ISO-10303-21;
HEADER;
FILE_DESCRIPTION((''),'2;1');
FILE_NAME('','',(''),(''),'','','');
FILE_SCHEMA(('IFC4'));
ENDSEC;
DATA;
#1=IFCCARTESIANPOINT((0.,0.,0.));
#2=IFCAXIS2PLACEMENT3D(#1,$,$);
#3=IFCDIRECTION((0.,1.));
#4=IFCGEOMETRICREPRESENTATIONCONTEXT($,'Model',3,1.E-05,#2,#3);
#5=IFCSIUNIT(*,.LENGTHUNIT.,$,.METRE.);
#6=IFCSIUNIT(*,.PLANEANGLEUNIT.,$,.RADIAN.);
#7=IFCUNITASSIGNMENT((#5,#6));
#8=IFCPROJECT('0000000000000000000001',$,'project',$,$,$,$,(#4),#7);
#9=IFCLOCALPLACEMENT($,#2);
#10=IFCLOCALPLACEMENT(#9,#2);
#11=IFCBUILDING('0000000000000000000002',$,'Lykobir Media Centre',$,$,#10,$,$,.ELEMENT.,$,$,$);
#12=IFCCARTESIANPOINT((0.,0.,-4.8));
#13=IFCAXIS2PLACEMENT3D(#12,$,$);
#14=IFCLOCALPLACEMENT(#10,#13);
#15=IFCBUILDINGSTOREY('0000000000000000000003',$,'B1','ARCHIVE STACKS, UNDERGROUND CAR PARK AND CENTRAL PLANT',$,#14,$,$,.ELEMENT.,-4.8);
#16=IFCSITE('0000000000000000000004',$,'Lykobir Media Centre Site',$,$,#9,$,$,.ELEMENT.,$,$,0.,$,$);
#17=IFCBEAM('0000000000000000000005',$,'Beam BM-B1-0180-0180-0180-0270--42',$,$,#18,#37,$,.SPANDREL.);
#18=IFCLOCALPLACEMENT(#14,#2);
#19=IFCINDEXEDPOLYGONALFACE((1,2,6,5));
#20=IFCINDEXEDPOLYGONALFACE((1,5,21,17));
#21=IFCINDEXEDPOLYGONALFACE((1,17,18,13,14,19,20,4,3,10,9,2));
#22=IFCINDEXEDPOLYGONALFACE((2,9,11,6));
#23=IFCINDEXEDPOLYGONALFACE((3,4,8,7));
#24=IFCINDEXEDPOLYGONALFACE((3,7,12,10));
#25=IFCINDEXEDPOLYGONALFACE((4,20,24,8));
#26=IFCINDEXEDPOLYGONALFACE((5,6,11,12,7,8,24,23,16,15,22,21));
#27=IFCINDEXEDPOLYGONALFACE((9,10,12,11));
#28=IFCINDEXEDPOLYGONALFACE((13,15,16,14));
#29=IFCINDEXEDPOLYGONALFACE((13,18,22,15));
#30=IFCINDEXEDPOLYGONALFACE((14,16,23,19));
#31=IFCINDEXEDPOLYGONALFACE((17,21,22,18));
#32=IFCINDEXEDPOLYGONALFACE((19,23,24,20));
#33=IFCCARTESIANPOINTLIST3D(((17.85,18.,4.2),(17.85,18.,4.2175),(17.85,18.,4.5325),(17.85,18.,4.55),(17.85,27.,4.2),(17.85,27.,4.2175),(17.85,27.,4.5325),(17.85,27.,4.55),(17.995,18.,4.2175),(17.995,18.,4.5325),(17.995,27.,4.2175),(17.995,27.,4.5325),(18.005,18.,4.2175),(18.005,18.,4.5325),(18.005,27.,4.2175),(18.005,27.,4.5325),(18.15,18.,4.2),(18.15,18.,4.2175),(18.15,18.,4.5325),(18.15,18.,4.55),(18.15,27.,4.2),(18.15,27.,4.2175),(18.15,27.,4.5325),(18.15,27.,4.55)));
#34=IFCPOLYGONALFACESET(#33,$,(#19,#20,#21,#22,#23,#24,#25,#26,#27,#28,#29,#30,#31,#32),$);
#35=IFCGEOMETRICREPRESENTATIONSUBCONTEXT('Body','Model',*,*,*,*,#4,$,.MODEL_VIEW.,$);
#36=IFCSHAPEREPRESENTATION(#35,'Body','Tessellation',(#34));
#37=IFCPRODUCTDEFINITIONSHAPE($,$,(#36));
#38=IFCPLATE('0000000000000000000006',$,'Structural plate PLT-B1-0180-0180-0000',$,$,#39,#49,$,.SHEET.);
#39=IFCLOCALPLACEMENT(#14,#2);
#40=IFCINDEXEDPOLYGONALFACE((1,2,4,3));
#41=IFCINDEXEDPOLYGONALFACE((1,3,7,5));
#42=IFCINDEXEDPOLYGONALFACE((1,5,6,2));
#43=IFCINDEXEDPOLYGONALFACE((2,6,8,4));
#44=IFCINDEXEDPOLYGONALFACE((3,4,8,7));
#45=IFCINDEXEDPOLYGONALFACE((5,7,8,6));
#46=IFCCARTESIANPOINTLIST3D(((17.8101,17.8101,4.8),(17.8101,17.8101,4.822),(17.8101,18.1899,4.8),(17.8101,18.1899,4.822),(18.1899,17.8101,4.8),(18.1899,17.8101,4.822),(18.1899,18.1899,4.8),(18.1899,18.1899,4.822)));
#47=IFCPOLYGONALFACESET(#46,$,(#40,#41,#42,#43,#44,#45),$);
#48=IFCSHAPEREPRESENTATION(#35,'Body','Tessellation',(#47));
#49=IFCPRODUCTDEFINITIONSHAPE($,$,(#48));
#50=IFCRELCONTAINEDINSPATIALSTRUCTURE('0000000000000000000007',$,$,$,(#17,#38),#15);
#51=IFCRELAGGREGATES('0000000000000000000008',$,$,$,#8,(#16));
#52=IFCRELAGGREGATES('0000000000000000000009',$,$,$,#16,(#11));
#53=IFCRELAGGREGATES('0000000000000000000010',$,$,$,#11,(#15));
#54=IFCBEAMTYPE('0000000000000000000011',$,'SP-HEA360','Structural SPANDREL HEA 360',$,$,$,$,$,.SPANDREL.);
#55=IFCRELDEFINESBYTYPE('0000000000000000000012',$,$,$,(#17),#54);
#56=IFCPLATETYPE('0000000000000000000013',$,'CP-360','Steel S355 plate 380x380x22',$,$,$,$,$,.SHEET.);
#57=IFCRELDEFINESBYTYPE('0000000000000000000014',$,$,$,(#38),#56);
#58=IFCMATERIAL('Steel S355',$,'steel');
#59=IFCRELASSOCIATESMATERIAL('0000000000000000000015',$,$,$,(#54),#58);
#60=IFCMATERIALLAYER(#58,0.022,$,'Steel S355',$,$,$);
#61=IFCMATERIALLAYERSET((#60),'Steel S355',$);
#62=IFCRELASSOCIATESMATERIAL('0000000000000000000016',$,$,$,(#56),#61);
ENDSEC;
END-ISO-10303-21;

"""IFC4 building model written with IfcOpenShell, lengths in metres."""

from ifc_helpers import new_model, si_unit, direction, frame, origin, origin_2d, place, context, subcontext, project, spatial, rectangle, i_section, extrude, material, layer, layer_set, material_profile, profile_set, type_object, element, save


model = new_model("IFC4")

# Units and contexts
model_context = context("Model", 3, precision=1e-05, world=origin(), true_north=direction((0.0, 1.0)))
body_context = subcontext(model_context, "Body", "Model", "MODEL_VIEW")
ifc_project = project(units=[si_unit("LENGTHUNIT", "METRE"), si_unit("PLANEANGLEUNIT", "RADIAN")], contexts=[model_context])

# Site, building, storey
site_placement = place(None, origin())
site = spatial("IfcSite", under=ifc_project, at=site_placement, Name="Lykobir Media Centre Site", CompositionType="ELEMENT", RefElevation=0.0)
building_placement = place(site_placement, origin())
building = spatial("IfcBuilding", under=site, at=building_placement, Name="Lykobir Media Centre", CompositionType="ELEMENT")
storey_placement = place(building_placement, frame((0.0, 0.0, -4.8)))
storey = spatial("IfcBuildingStorey", under=building, at=storey_placement, Name="B1", Description="ARCHIVE STACKS, UNDERGROUND CAR PARK AND CENTRAL PLANT", CompositionType="ELEMENT", Elevation=-4.8)

# Shared definitions
ifc_material_1 = material(Name="Steel S355", Category="steel")

# Beam
ifc_material_profile_1 = material_profile(ifc_material_1, i_section(OverallWidth=0.3, OverallDepth=0.3501, WebThickness=0.01, FlangeThickness=0.0176, at=origin_2d()), Name="HEA 360")
ifc_profile_set_1 = profile_set([ifc_material_profile_1], Name="Steel S355")
beam_type_1 = type_object("IfcBeamType", Name="SP-HEA360", Description="Structural SPANDREL HEA 360", PredefinedType="SPANDREL", material=ifc_profile_set_1)
beam_1_placement = place(storey_placement, frame((18.0, 18.0, 4.375), z_axis=(0.0, 1.0, 0.0), x_axis=(-1.0, 0.0, 0.0)))
element("IfcBeam", 1, at=beam_1_placement, inside=storey, type_object=beam_type_1, Name="Beam BM-B1-0180-0180-0180-0270--42", PredefinedType="SPANDREL", context=body_context, shape_type="SweptSolid", body=[
    extrude(i_section(OverallWidth=0.3, OverallDepth=0.3501, WebThickness=0.01, FlangeThickness=0.0176, at=origin_2d()), origin(), (0.0, 0.0, 1.0), 9.0),
])

# Plate
ifc_layer = layer(ifc_material_1, 0.022, Name="Steel S355")
ifc_layer_set = layer_set([ifc_layer], Name="Steel S355")
plate_type = type_object("IfcPlateType", Name="CP-360", Description="Steel S355 plate 380x380x22", PredefinedType="SHEET", material=ifc_layer_set)
plate_placement = place(storey_placement, frame((18.0, 18.0, 4.8), z_axis=(0.0, 0.0, 1.0), x_axis=(1.0, 0.0, 0.0)))
element("IfcPlate", 2, at=plate_placement, inside=storey, type_object=plate_type, Name="Structural plate PLT-B1-0180-0180-0000", PredefinedType="SHEET", context=body_context, shape_type="SweptSolid", body=[
    extrude(rectangle(XDim=0.3799, YDim=0.3799, at=origin_2d()), origin(), (0.0, 0.0, 1.0), 0.022),
])

save(model, "model.ifc")
